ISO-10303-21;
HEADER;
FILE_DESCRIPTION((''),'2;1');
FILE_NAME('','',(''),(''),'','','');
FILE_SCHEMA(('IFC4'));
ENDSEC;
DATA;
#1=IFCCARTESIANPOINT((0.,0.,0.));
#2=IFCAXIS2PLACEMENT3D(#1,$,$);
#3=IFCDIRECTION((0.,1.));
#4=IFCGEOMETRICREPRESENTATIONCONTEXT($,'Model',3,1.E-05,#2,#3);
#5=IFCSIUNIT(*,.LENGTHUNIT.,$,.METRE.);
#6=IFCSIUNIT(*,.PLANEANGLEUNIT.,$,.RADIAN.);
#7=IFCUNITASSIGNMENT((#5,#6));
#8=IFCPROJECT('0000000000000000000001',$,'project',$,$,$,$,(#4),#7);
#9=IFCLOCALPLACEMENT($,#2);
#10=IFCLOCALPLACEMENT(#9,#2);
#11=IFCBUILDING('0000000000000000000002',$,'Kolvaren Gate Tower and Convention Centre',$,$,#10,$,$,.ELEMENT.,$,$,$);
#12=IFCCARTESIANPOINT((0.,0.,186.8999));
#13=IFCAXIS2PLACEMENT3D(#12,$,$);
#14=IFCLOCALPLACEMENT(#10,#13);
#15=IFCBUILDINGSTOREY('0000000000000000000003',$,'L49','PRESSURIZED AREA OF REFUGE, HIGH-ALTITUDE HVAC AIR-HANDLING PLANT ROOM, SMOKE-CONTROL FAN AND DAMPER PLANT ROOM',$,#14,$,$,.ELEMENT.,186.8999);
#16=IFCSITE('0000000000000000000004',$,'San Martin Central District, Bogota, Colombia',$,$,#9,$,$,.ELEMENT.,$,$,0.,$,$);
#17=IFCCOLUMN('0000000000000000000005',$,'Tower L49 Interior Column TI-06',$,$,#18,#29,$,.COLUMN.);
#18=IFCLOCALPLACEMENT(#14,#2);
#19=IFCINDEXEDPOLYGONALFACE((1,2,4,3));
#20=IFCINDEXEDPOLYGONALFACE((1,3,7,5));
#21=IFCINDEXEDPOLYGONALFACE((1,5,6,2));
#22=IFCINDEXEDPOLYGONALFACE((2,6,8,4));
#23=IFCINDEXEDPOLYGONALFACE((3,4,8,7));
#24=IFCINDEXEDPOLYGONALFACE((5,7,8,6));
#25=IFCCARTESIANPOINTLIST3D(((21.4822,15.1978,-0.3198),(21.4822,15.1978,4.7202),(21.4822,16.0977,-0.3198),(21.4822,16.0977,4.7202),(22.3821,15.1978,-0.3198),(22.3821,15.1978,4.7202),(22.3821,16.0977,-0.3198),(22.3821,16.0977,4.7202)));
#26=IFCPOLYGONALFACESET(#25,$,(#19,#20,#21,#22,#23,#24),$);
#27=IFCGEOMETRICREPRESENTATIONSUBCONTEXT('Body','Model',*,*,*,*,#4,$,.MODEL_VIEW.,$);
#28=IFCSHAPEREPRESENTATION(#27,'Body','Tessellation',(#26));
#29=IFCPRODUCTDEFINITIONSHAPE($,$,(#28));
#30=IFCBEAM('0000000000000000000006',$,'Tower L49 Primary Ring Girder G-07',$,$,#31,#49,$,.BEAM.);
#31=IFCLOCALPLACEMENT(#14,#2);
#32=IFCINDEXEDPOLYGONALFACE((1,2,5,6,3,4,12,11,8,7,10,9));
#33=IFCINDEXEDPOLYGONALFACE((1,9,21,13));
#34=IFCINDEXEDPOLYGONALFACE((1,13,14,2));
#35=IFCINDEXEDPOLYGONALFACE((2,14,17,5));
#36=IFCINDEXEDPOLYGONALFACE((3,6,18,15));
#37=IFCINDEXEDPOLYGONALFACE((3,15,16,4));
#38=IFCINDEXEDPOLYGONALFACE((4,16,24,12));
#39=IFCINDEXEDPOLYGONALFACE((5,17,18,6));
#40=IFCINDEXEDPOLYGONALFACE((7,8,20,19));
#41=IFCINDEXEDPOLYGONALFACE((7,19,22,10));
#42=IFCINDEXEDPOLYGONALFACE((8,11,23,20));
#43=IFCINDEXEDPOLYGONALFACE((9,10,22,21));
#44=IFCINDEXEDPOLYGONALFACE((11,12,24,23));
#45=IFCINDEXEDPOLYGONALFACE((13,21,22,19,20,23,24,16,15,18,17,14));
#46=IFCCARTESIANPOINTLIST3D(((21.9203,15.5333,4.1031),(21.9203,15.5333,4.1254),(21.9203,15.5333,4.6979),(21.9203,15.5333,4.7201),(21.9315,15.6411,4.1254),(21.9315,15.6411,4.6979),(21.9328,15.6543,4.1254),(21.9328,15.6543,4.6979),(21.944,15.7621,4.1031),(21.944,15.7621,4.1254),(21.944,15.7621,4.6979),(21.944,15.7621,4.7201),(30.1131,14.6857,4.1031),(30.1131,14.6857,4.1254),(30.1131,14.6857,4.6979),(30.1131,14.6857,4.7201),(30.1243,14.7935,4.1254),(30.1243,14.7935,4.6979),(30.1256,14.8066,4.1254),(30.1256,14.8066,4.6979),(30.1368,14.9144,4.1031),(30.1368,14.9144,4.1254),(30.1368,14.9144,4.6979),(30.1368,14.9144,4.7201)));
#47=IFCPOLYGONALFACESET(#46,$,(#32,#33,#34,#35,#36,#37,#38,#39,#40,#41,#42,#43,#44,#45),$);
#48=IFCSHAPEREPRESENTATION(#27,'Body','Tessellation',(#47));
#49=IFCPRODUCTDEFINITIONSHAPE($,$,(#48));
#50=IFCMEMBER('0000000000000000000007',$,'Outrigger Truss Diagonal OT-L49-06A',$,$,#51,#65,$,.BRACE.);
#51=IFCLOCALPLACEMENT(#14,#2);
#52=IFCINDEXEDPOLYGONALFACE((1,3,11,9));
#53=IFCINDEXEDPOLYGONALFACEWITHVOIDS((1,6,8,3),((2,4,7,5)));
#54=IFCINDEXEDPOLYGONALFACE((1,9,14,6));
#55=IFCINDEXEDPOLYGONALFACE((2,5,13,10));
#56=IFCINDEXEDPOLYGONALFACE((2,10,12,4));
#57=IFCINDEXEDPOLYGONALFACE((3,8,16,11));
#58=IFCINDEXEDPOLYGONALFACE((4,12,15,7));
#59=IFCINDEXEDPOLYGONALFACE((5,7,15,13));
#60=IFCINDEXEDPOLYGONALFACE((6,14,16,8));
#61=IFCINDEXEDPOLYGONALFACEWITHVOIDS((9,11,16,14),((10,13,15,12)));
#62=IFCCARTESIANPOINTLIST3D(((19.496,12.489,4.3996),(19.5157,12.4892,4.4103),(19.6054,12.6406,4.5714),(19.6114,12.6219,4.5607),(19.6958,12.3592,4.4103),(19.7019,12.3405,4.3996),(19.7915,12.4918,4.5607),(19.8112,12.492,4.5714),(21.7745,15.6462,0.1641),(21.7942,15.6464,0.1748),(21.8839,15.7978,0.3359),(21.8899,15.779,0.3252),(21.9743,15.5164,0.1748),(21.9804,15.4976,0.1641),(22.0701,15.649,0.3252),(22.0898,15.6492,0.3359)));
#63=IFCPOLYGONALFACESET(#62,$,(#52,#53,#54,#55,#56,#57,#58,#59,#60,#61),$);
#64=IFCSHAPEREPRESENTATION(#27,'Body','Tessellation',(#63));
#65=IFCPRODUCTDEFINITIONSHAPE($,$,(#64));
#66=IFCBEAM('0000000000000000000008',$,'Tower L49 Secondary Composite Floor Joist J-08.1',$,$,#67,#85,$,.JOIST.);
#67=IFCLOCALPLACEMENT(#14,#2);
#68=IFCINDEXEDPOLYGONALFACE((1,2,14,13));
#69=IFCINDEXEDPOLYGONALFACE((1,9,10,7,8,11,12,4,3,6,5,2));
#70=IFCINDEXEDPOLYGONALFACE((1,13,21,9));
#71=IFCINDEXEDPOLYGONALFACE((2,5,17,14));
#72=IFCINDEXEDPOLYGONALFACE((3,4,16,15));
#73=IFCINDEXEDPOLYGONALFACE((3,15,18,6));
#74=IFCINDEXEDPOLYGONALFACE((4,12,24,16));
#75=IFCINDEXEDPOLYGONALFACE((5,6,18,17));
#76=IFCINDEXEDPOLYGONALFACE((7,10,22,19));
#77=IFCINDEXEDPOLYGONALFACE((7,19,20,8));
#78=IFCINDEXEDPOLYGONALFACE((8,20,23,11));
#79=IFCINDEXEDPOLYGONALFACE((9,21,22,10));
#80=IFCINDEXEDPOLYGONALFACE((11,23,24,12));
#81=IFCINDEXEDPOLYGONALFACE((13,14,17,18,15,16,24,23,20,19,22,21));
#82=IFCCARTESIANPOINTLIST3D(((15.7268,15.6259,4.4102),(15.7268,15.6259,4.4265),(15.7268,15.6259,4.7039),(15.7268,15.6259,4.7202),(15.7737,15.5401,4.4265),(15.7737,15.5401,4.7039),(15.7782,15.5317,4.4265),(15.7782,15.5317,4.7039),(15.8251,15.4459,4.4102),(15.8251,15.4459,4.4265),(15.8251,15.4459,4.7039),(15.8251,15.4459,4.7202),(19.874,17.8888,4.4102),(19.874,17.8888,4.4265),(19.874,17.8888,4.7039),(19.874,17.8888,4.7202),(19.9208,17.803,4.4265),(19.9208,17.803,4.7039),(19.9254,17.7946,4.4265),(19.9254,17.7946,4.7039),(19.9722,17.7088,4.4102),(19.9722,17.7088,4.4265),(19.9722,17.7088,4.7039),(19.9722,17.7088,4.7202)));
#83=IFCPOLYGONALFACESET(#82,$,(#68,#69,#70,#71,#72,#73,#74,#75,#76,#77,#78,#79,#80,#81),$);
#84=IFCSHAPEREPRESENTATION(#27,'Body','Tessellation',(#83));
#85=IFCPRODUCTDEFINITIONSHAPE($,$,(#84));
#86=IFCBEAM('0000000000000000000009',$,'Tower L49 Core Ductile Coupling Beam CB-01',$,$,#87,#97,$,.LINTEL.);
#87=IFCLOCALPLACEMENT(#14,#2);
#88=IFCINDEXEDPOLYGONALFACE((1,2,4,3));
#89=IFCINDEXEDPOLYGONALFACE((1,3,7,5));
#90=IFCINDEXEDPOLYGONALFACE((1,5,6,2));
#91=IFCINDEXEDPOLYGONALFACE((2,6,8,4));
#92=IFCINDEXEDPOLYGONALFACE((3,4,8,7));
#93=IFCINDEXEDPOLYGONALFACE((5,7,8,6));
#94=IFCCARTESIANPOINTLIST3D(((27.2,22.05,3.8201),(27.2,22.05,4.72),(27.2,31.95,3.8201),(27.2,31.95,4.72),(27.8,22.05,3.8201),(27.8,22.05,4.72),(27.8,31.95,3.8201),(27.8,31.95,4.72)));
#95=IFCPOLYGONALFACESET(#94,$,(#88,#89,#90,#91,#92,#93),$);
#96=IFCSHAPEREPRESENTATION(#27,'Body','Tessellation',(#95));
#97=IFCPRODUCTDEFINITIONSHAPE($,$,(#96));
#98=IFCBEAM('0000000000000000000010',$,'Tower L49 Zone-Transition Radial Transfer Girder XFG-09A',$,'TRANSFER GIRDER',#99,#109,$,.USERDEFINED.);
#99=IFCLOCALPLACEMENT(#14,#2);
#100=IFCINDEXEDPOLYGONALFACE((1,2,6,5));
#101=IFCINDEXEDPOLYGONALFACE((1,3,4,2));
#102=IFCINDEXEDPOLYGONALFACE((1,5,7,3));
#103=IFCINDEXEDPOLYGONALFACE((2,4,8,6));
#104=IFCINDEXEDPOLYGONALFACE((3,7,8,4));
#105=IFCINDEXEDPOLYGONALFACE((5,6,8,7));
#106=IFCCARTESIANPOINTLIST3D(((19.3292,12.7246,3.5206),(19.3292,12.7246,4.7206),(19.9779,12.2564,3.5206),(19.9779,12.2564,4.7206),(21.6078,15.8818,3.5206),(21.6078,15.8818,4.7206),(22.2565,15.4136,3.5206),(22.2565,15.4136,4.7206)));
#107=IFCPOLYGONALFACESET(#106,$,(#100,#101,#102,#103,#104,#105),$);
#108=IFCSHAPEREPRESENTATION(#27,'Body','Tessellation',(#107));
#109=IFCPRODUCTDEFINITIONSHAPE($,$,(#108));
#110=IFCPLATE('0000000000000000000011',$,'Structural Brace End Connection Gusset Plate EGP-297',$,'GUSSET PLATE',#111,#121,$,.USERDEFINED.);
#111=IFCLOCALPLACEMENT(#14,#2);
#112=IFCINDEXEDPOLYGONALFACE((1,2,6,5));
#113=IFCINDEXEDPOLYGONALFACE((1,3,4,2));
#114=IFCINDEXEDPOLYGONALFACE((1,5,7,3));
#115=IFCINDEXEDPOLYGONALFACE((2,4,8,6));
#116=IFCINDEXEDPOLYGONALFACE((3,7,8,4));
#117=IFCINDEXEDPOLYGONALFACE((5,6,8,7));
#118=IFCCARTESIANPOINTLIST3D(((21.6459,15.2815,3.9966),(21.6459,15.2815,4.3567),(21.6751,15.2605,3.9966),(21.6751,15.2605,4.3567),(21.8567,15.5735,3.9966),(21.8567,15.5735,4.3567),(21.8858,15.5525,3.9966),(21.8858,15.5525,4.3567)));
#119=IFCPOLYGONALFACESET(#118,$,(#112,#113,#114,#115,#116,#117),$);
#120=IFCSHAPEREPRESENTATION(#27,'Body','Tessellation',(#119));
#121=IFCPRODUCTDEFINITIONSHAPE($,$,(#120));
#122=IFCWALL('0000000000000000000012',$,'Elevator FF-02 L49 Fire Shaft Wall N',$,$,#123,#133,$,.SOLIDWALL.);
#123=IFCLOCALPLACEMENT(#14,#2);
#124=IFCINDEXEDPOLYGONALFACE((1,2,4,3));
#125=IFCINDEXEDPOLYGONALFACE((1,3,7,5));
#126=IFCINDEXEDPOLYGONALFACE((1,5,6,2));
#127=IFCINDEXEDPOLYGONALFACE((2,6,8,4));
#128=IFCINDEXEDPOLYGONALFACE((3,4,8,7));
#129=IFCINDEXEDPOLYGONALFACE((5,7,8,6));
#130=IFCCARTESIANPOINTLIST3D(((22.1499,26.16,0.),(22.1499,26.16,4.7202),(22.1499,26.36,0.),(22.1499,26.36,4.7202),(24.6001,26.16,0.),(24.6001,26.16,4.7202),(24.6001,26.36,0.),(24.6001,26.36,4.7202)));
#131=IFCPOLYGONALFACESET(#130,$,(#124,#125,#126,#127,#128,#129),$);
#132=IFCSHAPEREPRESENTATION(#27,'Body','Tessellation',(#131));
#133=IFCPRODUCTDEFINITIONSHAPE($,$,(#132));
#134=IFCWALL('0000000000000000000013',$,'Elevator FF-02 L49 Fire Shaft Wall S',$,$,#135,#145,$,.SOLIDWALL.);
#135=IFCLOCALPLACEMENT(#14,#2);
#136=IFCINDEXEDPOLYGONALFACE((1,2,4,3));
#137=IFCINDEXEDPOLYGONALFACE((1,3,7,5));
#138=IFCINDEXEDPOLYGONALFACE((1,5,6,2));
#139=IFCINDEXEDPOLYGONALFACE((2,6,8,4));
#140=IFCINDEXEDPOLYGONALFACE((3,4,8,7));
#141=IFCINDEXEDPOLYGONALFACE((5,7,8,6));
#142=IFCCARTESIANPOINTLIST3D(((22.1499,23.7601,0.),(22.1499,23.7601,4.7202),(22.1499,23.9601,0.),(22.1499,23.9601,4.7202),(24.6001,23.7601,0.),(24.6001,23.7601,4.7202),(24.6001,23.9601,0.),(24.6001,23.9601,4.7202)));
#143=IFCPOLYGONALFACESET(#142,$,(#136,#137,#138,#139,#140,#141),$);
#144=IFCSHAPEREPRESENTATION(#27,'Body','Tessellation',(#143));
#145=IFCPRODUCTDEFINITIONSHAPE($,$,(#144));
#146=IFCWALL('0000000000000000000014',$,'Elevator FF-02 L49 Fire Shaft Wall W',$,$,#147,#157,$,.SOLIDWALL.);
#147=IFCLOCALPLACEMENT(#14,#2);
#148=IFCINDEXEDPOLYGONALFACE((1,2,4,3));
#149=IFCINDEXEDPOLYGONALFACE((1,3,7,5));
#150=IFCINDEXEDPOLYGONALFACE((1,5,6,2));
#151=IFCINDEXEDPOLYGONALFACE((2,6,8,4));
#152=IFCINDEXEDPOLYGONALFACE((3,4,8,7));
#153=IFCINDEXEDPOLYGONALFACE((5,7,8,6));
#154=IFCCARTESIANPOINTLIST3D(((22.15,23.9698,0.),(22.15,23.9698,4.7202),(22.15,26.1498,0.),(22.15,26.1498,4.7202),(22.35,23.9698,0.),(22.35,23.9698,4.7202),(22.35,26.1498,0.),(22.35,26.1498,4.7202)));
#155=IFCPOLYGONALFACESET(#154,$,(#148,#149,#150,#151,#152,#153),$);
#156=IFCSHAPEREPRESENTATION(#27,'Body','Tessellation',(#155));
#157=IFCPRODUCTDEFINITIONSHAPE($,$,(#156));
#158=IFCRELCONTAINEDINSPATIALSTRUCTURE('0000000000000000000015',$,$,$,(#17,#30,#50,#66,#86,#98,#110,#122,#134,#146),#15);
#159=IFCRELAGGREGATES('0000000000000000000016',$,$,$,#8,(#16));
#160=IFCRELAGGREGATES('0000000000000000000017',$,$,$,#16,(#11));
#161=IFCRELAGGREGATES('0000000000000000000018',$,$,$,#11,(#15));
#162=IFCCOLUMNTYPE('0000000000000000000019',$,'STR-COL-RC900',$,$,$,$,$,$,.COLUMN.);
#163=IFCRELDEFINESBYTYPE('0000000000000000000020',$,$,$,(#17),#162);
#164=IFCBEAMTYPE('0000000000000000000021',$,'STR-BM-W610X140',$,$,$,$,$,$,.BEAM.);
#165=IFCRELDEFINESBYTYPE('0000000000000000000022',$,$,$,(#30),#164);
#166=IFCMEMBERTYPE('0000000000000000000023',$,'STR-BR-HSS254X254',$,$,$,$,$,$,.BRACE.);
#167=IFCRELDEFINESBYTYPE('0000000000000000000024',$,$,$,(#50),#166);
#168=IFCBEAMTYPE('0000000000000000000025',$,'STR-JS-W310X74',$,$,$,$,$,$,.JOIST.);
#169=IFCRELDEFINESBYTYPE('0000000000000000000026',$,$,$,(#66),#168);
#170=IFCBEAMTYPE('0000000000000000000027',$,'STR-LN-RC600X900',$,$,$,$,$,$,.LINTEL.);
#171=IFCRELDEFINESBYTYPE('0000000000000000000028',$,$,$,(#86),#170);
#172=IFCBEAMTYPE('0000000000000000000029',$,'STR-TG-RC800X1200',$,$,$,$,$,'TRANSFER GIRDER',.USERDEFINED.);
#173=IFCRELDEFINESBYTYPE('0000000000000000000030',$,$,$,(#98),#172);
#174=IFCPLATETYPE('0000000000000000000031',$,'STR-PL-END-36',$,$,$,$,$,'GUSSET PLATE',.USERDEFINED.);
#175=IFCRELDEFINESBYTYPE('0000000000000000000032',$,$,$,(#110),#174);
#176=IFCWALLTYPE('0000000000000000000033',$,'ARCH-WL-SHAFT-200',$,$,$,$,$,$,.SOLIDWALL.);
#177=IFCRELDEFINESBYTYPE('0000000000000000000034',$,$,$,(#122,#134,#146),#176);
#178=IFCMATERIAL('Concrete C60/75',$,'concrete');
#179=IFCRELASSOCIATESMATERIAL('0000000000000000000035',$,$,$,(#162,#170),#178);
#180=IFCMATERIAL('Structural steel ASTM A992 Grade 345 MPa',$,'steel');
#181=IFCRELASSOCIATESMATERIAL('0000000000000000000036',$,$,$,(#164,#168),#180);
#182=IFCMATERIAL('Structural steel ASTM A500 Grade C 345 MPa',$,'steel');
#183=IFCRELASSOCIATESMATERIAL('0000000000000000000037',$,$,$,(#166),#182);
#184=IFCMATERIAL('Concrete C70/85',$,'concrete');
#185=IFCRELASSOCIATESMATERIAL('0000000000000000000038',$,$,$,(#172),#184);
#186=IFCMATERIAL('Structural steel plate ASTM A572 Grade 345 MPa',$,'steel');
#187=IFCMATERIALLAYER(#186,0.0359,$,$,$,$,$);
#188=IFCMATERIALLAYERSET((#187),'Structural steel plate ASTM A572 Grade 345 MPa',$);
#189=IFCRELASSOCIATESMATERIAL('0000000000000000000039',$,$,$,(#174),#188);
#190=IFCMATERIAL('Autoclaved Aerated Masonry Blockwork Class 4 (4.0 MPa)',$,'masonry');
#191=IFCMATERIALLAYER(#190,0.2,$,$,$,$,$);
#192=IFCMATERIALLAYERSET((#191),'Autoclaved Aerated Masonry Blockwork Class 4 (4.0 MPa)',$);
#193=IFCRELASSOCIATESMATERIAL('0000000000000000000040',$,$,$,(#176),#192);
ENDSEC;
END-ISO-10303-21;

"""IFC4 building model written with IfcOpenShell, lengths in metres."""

from ifc_helpers import new_model, si_unit, direction, frame, frame_2d, origin, origin_2d, place, context, subcontext, project, spatial, rectangle, hollow_rectangle, i_section, extrude, material, layer, layer_set, material_profile, profile_set, type_object, element, save


model = new_model("IFC4")

# Units and contexts
model_context = context("Model", 3, precision=1e-05, world=origin(), true_north=direction((0.0, 1.0)))
body_context = subcontext(model_context, "Body", "Model", "MODEL_VIEW")
ifc_project = project(units=[si_unit("LENGTHUNIT", "METRE"), si_unit("PLANEANGLEUNIT", "RADIAN")], contexts=[model_context])

# Site, building, storey
site_placement = place(None, origin())
site = spatial("IfcSite", under=ifc_project, at=site_placement, Name="San Martin Central District, Bogota, Colombia", CompositionType="ELEMENT", RefElevation=0.0)
building_placement = place(site_placement, origin())
building = spatial("IfcBuilding", under=site, at=building_placement, Name="Kolvaren Gate Tower and Convention Centre", CompositionType="ELEMENT")
storey_placement = place(building_placement, frame((0.0, 0.0, 186.8999)))
storey = spatial("IfcBuildingStorey", under=building, at=storey_placement, Name="L49", Description="PRESSURIZED AREA OF REFUGE, HIGH-ALTITUDE HVAC AIR-HANDLING PLANT ROOM, SMOKE-CONTROL FAN AND DAMPER PLANT ROOM", CompositionType="ELEMENT", Elevation=186.8999)

# Column
ifc_material_1 = material(Name="Concrete C60/75", Category="concrete")
ifc_material_profile_1 = material_profile(ifc_material_1, rectangle(XDim=0.8999, YDim=0.8999, at=origin_2d()), Name="RC-COL-900X900")
ifc_profile_set_1 = profile_set([ifc_material_profile_1], Name="Concrete C60/75")
column_type = type_object("IfcColumnType", Name="STR-COL-RC900", PredefinedType="COLUMN", material=ifc_profile_set_1)
column_placement = place(storey_placement, frame((21.9321, 15.6477, -0.3198), z_axis=(0.0, 0.0, 1.0), x_axis=(1.0, 0.0, 0.0)))
element("IfcColumn", 1, at=column_placement, inside=storey, type_object=column_type, Name="Tower L49 Interior Column TI-06", PredefinedType="COLUMN", context=body_context, shape_type="SweptSolid", body=[
    extrude(rectangle(XDim=0.8999, YDim=0.8999, at=origin_2d()), origin(), (0.0, 0.0, 1.0), 5.04),
])

# Beam
ifc_material_2 = material(Name="Structural steel ASTM A992 Grade 345 MPa", Category="steel")
ifc_material_profile_2 = material_profile(ifc_material_2, i_section(OverallWidth=0.23, OverallDepth=0.6169, WebThickness=0.0132, FlangeThickness=0.0222, at=origin_2d()), Name="W610X140")
ifc_profile_set_2 = profile_set([ifc_material_profile_2], Name="Structural steel ASTM A992 Grade 345 MPa")
beam_type_1 = type_object("IfcBeamType", Name="STR-BM-W610X140", PredefinedType="BEAM", material=ifc_profile_set_2)
beam_1_placement = place(storey_placement, frame((21.9321, 15.6477, 4.4116), z_axis=(0.99469, -0.102913, 0.0), x_axis=(0.102913, 0.99469, 0.0)))
element("IfcBeam", 2, at=beam_1_placement, inside=storey, type_object=beam_type_1, Name="Tower L49 Primary Ring Girder G-07", PredefinedType="BEAM", context=body_context, shape_type="SweptSolid", body=[
    extrude(i_section(OverallWidth=0.23, OverallDepth=0.6169, WebThickness=0.0132, FlangeThickness=0.0222, at=origin_2d()), origin(), (0.0, 0.0, 1.0), 8.2366),
])

# Member
ifc_material_3 = material(Name="Structural steel ASTM A500 Grade C 345 MPa", Category="steel")
ifc_material_profile_3 = material_profile(ifc_material_3, hollow_rectangle(XDim=0.2539, YDim=0.2539, WallThickness=0.0159, at=origin_2d()), Name="HSS254X254X15.9")
ifc_profile_set_3 = profile_set([ifc_material_profile_3], Name="Structural steel ASTM A500 Grade C 345 MPa")
member_type = type_object("IfcMemberType", Name="STR-BR-HSS254X254", PredefinedType="BRACE", material=ifc_profile_set_3)
member_placement = place(storey_placement, frame((21.9321, 15.6477, 0.25), z_axis=(-0.396046, -0.54877, 0.736206), x_axis=(0.810881, -0.585211, 0.0)))
element("IfcMember", 3, at=member_placement, inside=storey, type_object=member_type, Name="Outrigger Truss Diagonal OT-L49-06A", PredefinedType="BRACE", context=body_context, shape_type="SweptSolid", body=[
    extrude(hollow_rectangle(XDim=0.2539, YDim=0.2539, WallThickness=0.0159, at=origin_2d()), origin(), (0.0, 0.0, 1.0), 5.7532),
])

# Beams
ifc_material_profile_4 = material_profile(ifc_material_2, i_section(OverallWidth=0.2051, OverallDepth=0.3101, WebThickness=0.0095, FlangeThickness=0.0164, at=origin_2d()), Name="W310X74")
ifc_profile_set_4 = profile_set([ifc_material_profile_4], Name="Structural steel ASTM A992 Grade 345 MPa")
beam_type_2 = type_object("IfcBeamType", Name="STR-JS-W310X74", PredefinedType="JOIST", material=ifc_profile_set_4)
beam_2_placement = place(storey_placement, frame((19.9231, 17.7988, 4.5652), z_axis=(-0.877822, -0.478986, 0.0), x_axis=(0.478986, -0.877822, 0.0)))
element("IfcBeam", 4, at=beam_2_placement, inside=storey, type_object=beam_type_2, Name="Tower L49 Secondary Composite Floor Joist J-08.1", PredefinedType="JOIST", context=body_context, shape_type="SweptSolid", body=[
    extrude(i_section(OverallWidth=0.2051, OverallDepth=0.3101, WebThickness=0.0095, FlangeThickness=0.0164, at=origin_2d()), origin(), (0.0, 0.0, 1.0), 4.7244),
])
ifc_material_profile_5 = material_profile(ifc_material_1, rectangle(XDim=0.6001, YDim=0.8999, at=origin_2d()), Name="RC-BM-600X900")
ifc_profile_set_5 = profile_set([ifc_material_profile_5], Name="Concrete C60/75")
beam_type_3 = type_object("IfcBeamType", Name="STR-LN-RC600X900", PredefinedType="LINTEL", material=ifc_profile_set_5)
beam_3_placement = place(storey_placement, frame((27.5, 22.05, 4.27), z_axis=(0.0, 1.0, 0.0), x_axis=(-1.0, 0.0, 0.0)))
element("IfcBeam", 5, at=beam_3_placement, inside=storey, type_object=beam_type_3, Name="Tower L49 Core Ductile Coupling Beam CB-01", PredefinedType="LINTEL", context=body_context, shape_type="SweptSolid", body=[
    extrude(rectangle(XDim=0.6001, YDim=0.8999, at=origin_2d()), origin(), (0.0, 0.0, 1.0), 9.8999),
])
ifc_material_4 = material(Name="Concrete C70/85", Category="concrete")
ifc_material_profile_6 = material_profile(ifc_material_4, rectangle(XDim=0.8, YDim=1.2, at=origin_2d()), Name="RC-BM-800X1200")
ifc_profile_set_6 = profile_set([ifc_material_profile_6], Name="Concrete C70/85")
beam_type_4 = type_object("IfcBeamType", Name="STR-TG-RC800X1200", ElementType="TRANSFER GIRDER", PredefinedType="USERDEFINED", material=ifc_profile_set_6)
beam_4_placement = place(storey_placement, frame((21.9321, 15.6477, 4.1206), z_axis=(-0.585211, -0.810881, 0.0), x_axis=(0.810881, -0.585211, 0.0)))
element("IfcBeam", 6, at=beam_4_placement, inside=storey, type_object=beam_type_4, Name="Tower L49 Zone-Transition Radial Transfer Girder XFG-09A", ObjectType="TRANSFER GIRDER", PredefinedType="USERDEFINED", context=body_context, shape_type="SweptSolid", body=[
    extrude(rectangle(XDim=0.8, YDim=1.2, at=origin_2d()), origin(), (0.0, 0.0, 1.0), 3.8936),
])

# Plate
ifc_material_5 = material(Name="Structural steel plate ASTM A572 Grade 345 MPa", Category="steel")
ifc_layer_1 = layer(ifc_material_5, 0.0359)
ifc_layer_set_1 = layer_set([ifc_layer_1], Name="Structural steel plate ASTM A572 Grade 345 MPa")
plate_type = type_object("IfcPlateType", Name="STR-PL-END-36", ElementType="GUSSET PLATE", PredefinedType="USERDEFINED", material=ifc_layer_set_1)
plate_placement = place(storey_placement, frame((21.7659, 15.417, 3.9966), z_axis=(0.0, 0.0, 1.0), x_axis=(0.585211, 0.810881, 0.0)))
element("IfcPlate", 7, at=plate_placement, inside=storey, type_object=plate_type, Name="Structural Brace End Connection Gusset Plate EGP-297", ObjectType="GUSSET PLATE", PredefinedType="USERDEFINED", context=body_context, shape_type="SweptSolid", body=[
    extrude(rectangle(XDim=0.3601, YDim=0.0359, at=origin_2d()), origin(), (0.0, 0.0, 1.0), 0.3601),
])

# Walls
ifc_material_6 = material(Name="Autoclaved Aerated Masonry Blockwork Class 4 (4.0 MPa)", Category="masonry")
ifc_layer_2 = layer(ifc_material_6, 0.2)
ifc_layer_set_2 = layer_set([ifc_layer_2], Name="Autoclaved Aerated Masonry Blockwork Class 4 (4.0 MPa)")
wall_type_1 = type_object("IfcWallType", Name="ARCH-WL-SHAFT-200", PredefinedType="SOLIDWALL", material=ifc_layer_set_2)
for number, where, z_axis, x_axis, name in (
    (8, (22.1499, 26.26, 0.0), (0.0, 0.0, 1.0), (1.0, 0.0, 0.0), "Elevator FF-02 L49 Fire Shaft Wall N"),
    (9, (22.1499, 23.8601, 0.0), (0.0, 0.0, 1.0), (1.0, 0.0, 0.0), "Elevator FF-02 L49 Fire Shaft Wall S"),
):
    element("IfcWall", number, at=place(storey_placement, frame(where, z_axis=z_axis, x_axis=x_axis)), inside=storey, type_object=wall_type_1, Name=name, PredefinedType="SOLIDWALL", context=body_context, shape_type="SweptSolid", body=[
        extrude(rectangle(XDim=2.4502, YDim=0.2, at=frame_2d((1.2251, 0.0))), origin(), (0.0, 0.0, 1.0), 4.7202),
    ])
wall_1_placement = place(storey_placement, frame((22.25, 23.97, 0.0), z_axis=(0.0, 0.0, 1.0), x_axis=(0.0, 1.0, 0.0)))
element("IfcWall", 10, at=wall_1_placement, inside=storey, type_object=wall_type_1, Name="Elevator FF-02 L49 Fire Shaft Wall W", PredefinedType="SOLIDWALL", context=body_context, shape_type="SweptSolid", body=[
    extrude(rectangle(XDim=2.1799, YDim=0.2, at=frame_2d((1.0898, 0.0))), origin(), (0.0, 0.0, 1.0), 4.7202),
])

save(model, "model.ifc")
